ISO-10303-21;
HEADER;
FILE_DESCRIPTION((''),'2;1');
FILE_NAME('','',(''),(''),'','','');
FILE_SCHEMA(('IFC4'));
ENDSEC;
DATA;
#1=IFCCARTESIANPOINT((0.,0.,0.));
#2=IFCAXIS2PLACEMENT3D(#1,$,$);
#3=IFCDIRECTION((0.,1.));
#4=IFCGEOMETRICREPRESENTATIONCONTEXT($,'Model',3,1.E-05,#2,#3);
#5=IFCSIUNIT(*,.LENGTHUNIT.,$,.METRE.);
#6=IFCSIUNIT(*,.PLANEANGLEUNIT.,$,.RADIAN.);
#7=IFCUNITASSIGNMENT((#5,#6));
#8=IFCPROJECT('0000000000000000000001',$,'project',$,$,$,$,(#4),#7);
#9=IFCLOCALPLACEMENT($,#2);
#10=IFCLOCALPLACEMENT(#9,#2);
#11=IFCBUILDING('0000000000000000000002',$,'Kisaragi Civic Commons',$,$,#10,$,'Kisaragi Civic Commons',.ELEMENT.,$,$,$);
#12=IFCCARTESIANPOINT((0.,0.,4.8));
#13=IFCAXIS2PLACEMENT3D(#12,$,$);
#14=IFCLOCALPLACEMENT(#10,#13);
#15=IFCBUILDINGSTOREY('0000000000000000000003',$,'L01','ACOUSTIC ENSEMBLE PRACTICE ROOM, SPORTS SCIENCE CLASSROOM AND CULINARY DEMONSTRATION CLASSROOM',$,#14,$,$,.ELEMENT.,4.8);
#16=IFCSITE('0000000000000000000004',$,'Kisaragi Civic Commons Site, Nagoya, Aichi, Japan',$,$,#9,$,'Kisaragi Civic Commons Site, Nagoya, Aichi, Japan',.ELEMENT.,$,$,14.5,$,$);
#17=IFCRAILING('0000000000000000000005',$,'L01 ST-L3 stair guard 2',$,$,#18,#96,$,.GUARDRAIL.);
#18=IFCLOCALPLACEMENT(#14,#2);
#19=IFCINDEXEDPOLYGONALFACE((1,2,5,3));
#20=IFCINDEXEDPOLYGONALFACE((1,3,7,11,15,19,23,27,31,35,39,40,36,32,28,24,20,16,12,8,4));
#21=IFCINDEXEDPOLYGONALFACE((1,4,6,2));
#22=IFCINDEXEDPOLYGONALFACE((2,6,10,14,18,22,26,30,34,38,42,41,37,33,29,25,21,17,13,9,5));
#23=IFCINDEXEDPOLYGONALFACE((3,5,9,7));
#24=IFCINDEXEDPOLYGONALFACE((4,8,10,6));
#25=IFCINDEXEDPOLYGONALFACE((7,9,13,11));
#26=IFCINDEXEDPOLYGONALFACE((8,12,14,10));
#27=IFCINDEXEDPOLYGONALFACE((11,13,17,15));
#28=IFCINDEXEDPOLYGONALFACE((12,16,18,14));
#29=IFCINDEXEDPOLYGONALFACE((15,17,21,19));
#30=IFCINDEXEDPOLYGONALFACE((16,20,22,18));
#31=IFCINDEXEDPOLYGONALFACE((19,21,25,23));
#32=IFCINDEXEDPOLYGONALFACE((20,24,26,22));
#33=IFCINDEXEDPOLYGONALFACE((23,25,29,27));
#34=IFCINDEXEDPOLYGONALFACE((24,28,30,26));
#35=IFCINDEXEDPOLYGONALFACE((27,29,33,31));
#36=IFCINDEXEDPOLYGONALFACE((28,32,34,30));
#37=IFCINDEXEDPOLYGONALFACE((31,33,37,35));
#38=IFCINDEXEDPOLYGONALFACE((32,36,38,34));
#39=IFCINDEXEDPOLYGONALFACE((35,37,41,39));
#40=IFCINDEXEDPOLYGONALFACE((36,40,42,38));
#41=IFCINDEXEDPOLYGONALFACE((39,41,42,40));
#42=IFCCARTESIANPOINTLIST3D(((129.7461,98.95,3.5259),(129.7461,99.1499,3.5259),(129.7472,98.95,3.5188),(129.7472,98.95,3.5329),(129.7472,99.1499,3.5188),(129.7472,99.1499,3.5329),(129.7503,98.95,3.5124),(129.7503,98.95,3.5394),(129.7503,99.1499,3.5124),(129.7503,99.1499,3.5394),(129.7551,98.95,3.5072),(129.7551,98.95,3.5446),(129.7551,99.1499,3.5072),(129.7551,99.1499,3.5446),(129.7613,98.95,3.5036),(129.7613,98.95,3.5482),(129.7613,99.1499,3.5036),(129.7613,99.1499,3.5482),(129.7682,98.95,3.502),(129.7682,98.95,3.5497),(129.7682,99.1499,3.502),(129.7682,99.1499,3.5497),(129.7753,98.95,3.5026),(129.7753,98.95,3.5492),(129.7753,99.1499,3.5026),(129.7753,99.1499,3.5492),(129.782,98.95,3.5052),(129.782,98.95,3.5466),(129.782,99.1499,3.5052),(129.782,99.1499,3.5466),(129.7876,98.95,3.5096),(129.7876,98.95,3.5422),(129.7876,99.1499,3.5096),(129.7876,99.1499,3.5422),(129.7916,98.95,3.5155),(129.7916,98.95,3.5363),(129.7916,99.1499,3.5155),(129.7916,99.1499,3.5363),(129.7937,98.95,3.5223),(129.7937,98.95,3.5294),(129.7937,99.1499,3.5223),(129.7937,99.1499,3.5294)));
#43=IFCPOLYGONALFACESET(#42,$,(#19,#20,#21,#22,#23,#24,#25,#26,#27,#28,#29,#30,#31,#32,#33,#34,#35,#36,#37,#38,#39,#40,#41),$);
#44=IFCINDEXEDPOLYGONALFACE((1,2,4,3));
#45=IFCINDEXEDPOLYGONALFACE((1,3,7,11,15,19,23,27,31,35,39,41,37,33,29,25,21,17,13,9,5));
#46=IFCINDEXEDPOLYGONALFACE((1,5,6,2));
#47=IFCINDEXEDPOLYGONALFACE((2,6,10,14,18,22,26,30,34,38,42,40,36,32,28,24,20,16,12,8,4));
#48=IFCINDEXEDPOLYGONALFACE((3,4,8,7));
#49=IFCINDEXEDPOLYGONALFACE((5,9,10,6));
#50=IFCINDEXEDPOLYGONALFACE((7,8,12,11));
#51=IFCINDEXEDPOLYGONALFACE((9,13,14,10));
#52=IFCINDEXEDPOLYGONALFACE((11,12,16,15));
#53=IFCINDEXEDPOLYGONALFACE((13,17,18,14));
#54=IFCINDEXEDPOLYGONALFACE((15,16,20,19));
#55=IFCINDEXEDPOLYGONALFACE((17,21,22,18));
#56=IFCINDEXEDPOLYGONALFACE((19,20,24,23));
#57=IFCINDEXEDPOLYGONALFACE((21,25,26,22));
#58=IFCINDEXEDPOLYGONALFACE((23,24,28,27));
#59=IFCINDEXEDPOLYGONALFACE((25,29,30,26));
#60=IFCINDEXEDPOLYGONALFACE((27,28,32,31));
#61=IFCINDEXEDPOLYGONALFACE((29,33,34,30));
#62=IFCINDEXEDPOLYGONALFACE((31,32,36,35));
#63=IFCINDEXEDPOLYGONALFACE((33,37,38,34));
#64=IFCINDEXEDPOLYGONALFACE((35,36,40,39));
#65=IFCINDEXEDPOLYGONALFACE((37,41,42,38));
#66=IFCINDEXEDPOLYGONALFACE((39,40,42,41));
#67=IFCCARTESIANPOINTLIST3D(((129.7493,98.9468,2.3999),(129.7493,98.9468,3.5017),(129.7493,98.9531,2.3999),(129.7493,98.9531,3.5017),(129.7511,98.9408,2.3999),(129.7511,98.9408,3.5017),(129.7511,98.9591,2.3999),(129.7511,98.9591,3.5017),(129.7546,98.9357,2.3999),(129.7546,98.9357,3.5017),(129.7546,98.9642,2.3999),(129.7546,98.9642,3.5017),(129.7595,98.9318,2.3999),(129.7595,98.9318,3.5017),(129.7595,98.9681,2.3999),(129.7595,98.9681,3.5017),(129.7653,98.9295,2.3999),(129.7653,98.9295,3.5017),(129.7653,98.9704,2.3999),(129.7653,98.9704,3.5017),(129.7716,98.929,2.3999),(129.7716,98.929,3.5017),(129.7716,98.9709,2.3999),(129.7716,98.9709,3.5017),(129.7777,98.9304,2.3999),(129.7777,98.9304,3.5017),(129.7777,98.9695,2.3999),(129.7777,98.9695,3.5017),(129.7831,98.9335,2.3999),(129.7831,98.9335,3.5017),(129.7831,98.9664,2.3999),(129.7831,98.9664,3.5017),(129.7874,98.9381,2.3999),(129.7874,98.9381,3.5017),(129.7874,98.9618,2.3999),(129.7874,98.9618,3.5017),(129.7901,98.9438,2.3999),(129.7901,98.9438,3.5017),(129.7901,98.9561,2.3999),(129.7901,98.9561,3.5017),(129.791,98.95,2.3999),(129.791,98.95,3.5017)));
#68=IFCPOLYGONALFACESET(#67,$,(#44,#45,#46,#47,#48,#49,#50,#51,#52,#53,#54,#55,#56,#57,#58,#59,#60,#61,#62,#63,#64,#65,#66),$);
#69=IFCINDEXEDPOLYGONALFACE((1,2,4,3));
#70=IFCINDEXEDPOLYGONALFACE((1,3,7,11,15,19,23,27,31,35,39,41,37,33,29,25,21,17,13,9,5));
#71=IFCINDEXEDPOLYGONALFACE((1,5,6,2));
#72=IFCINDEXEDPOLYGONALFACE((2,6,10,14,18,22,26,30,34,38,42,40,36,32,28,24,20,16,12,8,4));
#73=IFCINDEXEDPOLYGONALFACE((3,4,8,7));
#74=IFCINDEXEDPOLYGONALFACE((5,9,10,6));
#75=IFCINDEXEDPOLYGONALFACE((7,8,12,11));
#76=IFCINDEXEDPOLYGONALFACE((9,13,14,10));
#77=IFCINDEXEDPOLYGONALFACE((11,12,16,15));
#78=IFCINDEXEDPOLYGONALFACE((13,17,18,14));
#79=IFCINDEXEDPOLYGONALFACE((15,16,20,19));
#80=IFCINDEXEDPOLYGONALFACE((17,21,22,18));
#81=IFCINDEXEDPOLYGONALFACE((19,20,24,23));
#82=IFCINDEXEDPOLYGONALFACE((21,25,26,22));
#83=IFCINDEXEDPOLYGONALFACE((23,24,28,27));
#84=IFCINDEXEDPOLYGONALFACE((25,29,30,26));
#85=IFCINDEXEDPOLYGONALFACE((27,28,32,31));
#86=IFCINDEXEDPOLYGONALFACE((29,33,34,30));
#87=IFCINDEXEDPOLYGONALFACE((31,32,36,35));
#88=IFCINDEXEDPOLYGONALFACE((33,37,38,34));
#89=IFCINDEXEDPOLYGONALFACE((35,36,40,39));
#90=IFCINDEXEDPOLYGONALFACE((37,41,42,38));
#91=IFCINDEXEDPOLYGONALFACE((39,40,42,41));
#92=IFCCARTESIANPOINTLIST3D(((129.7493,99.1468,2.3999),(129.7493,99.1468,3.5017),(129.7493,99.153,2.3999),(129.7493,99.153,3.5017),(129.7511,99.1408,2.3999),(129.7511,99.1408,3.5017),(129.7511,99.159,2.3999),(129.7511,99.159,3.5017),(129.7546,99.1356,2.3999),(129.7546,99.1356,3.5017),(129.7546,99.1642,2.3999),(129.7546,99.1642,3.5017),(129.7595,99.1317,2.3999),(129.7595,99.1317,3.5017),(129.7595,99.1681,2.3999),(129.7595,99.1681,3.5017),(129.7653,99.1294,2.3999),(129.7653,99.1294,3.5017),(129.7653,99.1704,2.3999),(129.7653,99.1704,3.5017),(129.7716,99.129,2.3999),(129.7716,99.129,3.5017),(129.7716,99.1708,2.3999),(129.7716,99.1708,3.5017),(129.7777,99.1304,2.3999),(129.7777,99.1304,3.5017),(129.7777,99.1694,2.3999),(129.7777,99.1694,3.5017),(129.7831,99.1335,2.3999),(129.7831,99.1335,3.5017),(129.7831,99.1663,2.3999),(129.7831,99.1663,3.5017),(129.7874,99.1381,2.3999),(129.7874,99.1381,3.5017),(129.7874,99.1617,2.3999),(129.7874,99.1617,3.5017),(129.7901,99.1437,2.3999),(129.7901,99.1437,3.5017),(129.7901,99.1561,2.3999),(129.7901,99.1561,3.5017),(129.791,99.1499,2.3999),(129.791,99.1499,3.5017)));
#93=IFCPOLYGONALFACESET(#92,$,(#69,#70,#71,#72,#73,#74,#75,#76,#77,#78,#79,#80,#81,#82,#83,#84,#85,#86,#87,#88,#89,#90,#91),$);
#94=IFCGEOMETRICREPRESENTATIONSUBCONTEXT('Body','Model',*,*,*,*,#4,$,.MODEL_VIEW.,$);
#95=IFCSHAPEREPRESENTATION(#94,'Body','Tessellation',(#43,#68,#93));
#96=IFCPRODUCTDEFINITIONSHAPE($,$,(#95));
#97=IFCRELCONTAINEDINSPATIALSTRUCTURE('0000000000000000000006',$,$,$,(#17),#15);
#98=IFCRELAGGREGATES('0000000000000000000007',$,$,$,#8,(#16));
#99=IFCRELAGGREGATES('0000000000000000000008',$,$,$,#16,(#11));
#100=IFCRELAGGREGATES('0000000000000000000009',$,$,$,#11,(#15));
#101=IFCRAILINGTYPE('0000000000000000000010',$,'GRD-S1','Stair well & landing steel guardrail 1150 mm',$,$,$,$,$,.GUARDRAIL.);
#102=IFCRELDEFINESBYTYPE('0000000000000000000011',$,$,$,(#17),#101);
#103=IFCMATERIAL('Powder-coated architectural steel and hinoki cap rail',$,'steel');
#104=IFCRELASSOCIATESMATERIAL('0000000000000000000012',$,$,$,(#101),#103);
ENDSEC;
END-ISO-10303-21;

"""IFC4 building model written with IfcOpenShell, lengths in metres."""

from ifc_helpers import new_model, si_unit, direction, frame, origin, origin_2d, place, context, subcontext, project, spatial, circle, extrude, material, type_object, element, save


model = new_model("IFC4")

# Units and contexts
model_context = context("Model", 3, precision=1e-05, world=origin(), true_north=direction((0.0, 1.0)))
body_context = subcontext(model_context, "Body", "Model", "MODEL_VIEW")
ifc_project = project(units=[si_unit("LENGTHUNIT", "METRE"), si_unit("PLANEANGLEUNIT", "RADIAN")], contexts=[model_context])

# Site, building, storey
site_placement = place(None, origin())
site = spatial("IfcSite", under=ifc_project, at=site_placement, Name="Kisaragi Civic Commons Site, Nagoya, Aichi, Japan", LongName="Kisaragi Civic Commons Site, Nagoya, Aichi, Japan", CompositionType="ELEMENT", RefElevation=14.5)
building_placement = place(site_placement, origin())
building = spatial("IfcBuilding", under=site, at=building_placement, Name="Kisaragi Civic Commons", LongName="Kisaragi Civic Commons", CompositionType="ELEMENT")
storey_placement = place(building_placement, frame((0.0, 0.0, 4.8)))
storey = spatial("IfcBuildingStorey", under=building, at=storey_placement, Name="L01", Description="ACOUSTIC ENSEMBLE PRACTICE ROOM, SPORTS SCIENCE CLASSROOM AND CULINARY DEMONSTRATION CLASSROOM", CompositionType="ELEMENT", Elevation=4.8)

# Railing
ifc_material_1 = material(Name="Powder-coated architectural steel and hinoki cap rail", Category="steel")
railing_type_1 = type_object("IfcRailingType", Name="GRD-S1", Description="Stair well & landing steel guardrail 1150 mm", PredefinedType="GUARDRAIL", material=ifc_material_1)
railing_1_placement = place(storey_placement, frame((129.77, 98.95, 2.3999)))
element("IfcRailing", 1, at=railing_1_placement, inside=storey, type_object=railing_type_1, Name="L01 ST-L3 stair guard 2", PredefinedType="GUARDRAIL", context=body_context, shape_type="SweptSolid", body=[
    extrude(circle(Radius=0.0239, at=origin_2d()), frame((0.0, 0.0, 1.126), z_axis=(0.0, 1.0, 0.0), x_axis=(-1.0, 0.0, 0.0)), (0.0, 0.0, 1.0), 0.2),
    extrude(circle(Radius=0.021, at=origin_2d()), origin(), (0.0, 0.0, 1.0), 1.1018),
    extrude(circle(Radius=0.021, at=origin_2d()), frame((0.0, 0.2, 0.0)), (0.0, 0.0, 1.0), 1.1018),
])

save(model, "model.ifc")
